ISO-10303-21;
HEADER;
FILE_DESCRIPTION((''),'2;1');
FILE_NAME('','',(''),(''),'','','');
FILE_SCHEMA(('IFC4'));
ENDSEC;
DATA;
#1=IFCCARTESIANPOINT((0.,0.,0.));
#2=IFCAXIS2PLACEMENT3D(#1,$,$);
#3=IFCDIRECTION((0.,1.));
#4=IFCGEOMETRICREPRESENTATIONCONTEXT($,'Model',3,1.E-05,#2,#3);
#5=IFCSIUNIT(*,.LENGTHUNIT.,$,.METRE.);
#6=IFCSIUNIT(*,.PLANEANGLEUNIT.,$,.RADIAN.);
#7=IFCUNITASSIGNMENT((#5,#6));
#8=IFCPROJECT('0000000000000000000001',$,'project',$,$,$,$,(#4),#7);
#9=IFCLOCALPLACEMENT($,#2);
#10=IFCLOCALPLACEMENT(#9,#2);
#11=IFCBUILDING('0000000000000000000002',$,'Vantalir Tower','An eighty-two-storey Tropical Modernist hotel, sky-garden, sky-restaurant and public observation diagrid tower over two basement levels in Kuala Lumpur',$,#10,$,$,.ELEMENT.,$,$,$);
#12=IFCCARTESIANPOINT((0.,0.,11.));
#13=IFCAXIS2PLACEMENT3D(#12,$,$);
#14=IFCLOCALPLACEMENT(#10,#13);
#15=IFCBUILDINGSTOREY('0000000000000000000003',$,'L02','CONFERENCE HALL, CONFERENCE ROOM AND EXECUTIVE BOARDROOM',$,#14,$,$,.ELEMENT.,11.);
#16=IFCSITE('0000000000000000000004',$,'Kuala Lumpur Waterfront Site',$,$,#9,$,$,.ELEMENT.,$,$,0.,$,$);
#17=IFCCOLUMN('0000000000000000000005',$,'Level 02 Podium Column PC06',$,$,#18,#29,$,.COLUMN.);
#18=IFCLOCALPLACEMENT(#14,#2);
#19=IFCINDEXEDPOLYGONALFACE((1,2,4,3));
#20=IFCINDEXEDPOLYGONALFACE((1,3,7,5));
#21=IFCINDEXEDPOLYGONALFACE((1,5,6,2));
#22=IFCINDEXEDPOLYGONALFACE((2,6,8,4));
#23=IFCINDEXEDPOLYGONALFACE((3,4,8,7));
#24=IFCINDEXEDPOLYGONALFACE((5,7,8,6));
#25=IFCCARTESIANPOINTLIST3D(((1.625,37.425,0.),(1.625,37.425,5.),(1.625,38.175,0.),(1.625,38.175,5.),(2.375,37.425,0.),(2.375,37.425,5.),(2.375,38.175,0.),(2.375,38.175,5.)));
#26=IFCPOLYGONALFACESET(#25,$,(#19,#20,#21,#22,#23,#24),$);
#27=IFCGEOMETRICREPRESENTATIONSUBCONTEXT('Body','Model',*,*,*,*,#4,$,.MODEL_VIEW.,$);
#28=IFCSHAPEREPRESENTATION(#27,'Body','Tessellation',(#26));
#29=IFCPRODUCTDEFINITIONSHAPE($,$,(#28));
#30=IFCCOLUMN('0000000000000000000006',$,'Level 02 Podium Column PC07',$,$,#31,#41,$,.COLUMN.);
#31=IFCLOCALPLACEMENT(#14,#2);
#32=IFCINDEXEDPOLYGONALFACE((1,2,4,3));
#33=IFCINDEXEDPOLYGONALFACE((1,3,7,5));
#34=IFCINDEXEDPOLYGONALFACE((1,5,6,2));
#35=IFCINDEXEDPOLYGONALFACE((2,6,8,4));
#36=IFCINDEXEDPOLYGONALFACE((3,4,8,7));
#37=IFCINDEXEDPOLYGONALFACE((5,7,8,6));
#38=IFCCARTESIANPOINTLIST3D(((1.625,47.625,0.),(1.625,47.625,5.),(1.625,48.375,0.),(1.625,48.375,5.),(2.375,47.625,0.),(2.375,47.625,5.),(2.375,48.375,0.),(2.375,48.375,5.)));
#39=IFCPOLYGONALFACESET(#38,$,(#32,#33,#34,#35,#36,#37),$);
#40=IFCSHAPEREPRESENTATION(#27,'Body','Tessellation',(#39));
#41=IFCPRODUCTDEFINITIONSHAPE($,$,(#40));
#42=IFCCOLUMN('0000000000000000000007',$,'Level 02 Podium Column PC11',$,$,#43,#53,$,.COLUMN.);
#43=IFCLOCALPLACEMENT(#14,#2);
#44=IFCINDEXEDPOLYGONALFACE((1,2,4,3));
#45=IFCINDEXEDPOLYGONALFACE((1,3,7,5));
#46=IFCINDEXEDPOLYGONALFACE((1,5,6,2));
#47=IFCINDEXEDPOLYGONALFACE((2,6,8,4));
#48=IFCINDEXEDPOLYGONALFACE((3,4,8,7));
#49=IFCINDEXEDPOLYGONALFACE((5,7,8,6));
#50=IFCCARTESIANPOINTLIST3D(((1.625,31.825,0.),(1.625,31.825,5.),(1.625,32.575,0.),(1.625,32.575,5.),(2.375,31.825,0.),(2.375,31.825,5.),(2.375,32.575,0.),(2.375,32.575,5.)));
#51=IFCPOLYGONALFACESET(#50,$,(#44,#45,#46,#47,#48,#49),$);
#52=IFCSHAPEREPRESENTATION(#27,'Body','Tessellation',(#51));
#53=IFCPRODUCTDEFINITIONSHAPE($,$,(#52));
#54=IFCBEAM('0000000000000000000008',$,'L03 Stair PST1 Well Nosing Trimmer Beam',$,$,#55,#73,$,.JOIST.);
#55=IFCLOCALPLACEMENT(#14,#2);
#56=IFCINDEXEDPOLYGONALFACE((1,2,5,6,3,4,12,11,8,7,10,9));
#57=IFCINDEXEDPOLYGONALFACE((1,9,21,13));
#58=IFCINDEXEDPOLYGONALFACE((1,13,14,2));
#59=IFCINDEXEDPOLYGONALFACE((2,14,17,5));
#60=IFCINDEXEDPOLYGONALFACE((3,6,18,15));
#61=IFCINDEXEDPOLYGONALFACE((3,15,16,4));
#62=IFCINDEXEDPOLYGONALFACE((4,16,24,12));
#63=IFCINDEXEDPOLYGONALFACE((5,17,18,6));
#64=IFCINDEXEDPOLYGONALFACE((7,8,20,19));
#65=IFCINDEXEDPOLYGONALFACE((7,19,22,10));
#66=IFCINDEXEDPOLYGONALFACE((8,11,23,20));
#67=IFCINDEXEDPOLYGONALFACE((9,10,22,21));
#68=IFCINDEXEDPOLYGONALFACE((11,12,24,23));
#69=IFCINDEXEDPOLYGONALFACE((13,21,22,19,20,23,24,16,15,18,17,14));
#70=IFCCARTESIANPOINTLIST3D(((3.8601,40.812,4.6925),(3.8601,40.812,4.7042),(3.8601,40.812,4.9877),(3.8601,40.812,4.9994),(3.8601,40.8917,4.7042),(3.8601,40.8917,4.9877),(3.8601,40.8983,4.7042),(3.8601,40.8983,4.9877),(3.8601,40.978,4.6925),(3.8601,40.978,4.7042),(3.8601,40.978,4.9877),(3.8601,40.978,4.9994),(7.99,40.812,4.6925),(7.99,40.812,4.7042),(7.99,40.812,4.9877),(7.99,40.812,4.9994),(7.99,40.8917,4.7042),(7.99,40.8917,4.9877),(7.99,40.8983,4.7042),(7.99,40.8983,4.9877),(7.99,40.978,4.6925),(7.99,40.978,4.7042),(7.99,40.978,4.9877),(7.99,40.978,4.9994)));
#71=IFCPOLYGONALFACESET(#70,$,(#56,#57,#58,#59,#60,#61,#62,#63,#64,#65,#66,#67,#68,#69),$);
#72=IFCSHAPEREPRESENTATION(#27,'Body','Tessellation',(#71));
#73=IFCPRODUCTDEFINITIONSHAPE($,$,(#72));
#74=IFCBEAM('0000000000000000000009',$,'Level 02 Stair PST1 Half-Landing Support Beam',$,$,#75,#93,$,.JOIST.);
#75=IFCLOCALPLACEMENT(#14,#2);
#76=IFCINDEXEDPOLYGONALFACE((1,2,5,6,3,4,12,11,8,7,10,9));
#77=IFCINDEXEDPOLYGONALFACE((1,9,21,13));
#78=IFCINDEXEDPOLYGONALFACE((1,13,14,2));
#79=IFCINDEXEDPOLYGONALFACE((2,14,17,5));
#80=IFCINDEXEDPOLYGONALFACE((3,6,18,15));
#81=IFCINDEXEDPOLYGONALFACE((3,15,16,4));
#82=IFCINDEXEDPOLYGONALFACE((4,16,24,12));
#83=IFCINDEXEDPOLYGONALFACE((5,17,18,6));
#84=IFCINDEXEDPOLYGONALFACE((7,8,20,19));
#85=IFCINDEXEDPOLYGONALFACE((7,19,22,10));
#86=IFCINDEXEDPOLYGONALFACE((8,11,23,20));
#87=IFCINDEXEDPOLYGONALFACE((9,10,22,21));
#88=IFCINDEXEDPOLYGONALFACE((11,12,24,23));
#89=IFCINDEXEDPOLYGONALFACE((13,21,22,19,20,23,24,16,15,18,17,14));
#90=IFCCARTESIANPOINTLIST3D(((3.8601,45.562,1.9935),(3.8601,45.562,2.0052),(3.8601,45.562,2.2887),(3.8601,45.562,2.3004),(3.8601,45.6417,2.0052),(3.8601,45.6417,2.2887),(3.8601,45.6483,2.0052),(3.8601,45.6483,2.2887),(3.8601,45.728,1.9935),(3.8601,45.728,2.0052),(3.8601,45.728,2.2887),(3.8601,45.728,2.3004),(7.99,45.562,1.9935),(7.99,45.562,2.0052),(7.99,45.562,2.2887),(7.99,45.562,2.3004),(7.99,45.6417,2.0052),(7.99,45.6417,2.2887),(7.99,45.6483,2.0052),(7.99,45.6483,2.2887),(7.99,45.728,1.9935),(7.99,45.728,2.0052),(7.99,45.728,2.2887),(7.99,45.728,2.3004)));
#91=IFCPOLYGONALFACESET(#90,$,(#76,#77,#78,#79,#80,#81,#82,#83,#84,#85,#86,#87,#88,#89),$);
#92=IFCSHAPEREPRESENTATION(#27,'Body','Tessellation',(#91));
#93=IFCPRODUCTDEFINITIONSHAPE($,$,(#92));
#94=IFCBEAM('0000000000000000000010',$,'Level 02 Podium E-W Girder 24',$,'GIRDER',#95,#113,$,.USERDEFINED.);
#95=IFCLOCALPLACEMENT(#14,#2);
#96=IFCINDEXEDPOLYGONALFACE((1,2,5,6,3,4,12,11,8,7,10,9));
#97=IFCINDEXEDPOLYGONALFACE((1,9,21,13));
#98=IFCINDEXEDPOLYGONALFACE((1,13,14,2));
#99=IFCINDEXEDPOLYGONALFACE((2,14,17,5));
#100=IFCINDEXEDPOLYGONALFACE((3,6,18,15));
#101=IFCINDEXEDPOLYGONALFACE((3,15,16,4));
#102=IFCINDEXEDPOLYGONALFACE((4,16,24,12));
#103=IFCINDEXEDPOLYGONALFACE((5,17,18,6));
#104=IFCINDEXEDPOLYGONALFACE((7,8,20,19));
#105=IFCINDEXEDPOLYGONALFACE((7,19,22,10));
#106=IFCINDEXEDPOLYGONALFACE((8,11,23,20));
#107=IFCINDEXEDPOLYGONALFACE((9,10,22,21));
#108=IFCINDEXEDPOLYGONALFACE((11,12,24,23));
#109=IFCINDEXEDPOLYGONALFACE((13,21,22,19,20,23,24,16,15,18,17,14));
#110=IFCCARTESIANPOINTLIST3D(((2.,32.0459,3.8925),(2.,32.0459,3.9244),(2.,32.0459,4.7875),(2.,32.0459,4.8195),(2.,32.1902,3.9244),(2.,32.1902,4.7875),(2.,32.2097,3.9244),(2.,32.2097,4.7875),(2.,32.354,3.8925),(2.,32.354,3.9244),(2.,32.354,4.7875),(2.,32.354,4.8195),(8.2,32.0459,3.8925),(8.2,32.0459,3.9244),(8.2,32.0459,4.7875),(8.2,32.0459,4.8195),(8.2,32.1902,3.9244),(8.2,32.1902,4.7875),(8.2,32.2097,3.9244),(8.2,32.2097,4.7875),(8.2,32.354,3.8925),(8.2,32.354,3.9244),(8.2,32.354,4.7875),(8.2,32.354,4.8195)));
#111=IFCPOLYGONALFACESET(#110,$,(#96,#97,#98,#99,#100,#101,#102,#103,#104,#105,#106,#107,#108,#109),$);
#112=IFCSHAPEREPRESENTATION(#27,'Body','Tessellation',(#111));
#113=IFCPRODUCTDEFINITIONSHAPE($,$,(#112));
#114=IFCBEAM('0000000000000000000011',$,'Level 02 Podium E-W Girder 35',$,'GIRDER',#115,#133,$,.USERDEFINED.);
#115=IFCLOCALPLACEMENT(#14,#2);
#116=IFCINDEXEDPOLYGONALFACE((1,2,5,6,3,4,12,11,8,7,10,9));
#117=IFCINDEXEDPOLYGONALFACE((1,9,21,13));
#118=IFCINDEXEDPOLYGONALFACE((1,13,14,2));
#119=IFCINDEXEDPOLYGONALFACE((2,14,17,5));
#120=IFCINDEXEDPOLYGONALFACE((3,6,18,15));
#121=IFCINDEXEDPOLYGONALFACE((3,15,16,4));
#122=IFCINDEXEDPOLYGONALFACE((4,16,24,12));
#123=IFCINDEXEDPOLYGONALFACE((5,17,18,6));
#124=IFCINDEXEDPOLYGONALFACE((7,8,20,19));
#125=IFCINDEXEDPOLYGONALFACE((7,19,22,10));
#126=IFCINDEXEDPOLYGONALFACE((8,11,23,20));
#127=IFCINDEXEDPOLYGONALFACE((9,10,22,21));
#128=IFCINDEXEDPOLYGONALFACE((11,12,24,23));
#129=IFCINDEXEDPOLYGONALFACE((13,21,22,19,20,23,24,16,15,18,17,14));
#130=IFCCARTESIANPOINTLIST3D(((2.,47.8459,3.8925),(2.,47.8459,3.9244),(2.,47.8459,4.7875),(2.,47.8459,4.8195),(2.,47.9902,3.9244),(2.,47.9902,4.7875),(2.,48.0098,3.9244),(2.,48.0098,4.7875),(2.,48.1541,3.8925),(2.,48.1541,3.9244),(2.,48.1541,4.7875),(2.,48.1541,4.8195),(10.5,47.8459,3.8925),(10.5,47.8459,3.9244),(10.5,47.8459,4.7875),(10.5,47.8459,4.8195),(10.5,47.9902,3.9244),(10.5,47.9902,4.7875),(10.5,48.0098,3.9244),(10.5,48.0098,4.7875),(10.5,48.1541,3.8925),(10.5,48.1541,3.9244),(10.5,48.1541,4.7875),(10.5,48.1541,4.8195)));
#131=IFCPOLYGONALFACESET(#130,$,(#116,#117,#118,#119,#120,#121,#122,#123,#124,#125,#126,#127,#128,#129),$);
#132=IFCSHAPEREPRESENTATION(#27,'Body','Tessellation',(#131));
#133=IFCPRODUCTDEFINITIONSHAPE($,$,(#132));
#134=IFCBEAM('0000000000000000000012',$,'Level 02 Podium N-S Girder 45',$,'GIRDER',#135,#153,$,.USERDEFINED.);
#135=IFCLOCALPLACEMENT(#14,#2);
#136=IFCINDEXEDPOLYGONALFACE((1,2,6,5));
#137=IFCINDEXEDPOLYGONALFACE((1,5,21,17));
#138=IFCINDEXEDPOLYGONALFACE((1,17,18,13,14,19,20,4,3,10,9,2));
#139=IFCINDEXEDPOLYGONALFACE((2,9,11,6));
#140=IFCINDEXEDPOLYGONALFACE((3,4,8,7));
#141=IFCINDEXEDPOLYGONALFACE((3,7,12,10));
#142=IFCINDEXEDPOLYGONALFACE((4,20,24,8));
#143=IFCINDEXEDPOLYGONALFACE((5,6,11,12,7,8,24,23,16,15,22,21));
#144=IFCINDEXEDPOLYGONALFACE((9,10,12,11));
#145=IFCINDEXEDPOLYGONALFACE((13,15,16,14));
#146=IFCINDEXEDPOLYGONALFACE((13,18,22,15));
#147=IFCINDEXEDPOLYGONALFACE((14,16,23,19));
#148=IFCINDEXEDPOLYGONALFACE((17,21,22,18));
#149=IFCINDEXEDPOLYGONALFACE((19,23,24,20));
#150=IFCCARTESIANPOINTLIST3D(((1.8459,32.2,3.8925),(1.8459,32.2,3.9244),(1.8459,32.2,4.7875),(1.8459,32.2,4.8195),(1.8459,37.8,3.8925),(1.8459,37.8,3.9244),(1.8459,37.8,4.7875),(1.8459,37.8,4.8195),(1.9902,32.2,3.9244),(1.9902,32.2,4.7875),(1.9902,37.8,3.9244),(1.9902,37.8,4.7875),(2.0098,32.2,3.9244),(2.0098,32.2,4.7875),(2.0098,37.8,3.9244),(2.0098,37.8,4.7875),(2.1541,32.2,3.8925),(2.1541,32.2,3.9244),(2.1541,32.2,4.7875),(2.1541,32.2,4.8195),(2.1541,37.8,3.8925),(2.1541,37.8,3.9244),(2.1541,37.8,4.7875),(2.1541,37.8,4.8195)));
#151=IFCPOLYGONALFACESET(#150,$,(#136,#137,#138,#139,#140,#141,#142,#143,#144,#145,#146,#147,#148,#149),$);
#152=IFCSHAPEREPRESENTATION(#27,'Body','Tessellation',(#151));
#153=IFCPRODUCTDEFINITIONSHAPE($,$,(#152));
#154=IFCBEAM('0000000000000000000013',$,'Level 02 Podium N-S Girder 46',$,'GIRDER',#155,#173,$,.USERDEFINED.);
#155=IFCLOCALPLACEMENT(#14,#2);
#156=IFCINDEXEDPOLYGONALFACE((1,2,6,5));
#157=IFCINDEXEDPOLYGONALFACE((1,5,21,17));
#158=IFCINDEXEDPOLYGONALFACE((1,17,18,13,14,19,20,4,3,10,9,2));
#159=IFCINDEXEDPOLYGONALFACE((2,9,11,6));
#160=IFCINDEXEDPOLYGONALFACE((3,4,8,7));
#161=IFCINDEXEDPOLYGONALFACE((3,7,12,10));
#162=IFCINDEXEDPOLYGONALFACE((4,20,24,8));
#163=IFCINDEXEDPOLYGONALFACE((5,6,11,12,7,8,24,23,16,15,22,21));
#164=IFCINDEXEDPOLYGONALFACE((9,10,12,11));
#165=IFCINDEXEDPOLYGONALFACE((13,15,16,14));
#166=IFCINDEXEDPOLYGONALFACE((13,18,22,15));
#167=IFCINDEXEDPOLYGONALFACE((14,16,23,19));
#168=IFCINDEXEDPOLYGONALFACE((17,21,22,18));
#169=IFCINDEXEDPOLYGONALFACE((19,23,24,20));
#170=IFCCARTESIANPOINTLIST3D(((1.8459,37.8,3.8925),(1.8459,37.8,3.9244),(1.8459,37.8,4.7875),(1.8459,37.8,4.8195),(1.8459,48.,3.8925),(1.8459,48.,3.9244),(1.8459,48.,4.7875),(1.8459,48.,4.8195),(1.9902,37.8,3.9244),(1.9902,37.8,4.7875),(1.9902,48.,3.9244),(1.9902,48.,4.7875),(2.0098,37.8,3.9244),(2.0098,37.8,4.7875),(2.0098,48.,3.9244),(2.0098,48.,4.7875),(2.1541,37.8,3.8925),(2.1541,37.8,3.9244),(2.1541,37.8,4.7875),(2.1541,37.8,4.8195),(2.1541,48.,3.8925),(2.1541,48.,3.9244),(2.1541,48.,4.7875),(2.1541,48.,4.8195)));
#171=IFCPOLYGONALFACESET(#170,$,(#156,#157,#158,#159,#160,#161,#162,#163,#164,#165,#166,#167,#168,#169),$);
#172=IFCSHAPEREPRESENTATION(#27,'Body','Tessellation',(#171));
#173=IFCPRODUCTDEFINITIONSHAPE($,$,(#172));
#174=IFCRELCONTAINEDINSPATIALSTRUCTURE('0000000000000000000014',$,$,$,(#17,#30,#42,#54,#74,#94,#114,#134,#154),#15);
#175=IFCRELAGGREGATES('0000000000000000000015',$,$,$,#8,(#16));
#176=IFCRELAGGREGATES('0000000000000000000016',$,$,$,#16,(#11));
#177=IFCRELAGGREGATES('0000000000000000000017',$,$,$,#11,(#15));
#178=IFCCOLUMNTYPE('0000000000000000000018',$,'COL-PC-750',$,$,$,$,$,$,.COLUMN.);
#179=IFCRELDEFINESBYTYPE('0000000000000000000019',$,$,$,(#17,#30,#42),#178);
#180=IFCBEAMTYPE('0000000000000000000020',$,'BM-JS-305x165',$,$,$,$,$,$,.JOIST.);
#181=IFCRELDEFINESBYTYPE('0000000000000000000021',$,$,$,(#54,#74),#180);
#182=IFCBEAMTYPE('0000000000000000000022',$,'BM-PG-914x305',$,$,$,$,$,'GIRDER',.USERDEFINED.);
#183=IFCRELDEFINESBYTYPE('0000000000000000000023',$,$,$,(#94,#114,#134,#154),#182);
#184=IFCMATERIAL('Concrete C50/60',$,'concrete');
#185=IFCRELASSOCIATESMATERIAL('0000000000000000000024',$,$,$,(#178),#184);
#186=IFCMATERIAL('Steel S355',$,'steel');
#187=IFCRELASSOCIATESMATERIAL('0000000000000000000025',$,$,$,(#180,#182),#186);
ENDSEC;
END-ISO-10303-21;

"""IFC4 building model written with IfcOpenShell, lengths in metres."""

from ifc_helpers import new_model, si_unit, direction, frame, origin, origin_2d, place, context, subcontext, project, spatial, rectangle, i_section, extrude, material, material_profile, profile_set, type_object, element, save


model = new_model("IFC4")

# Units and contexts
model_context = context("Model", 3, precision=1e-05, world=origin(), true_north=direction((0.0, 1.0)))
body_context = subcontext(model_context, "Body", "Model", "MODEL_VIEW")
ifc_project = project(units=[si_unit("LENGTHUNIT", "METRE"), si_unit("PLANEANGLEUNIT", "RADIAN")], contexts=[model_context])

# Site, building, storey
site_placement = place(None, origin())
site = spatial("IfcSite", under=ifc_project, at=site_placement, Name="Kuala Lumpur Waterfront Site", CompositionType="ELEMENT", RefElevation=0.0)
building_placement = place(site_placement, origin())
building = spatial("IfcBuilding", under=site, at=building_placement, Name="Vantalir Tower", Description="An eighty-two-storey Tropical Modernist hotel, sky-garden, sky-restaurant and public observation diagrid tower over two basement levels in Kuala Lumpur", CompositionType="ELEMENT")
storey_placement = place(building_placement, frame((0.0, 0.0, 11.0)))
storey = spatial("IfcBuildingStorey", under=building, at=storey_placement, Name="L02", Description="CONFERENCE HALL, CONFERENCE ROOM AND EXECUTIVE BOARDROOM", CompositionType="ELEMENT", Elevation=11.0)

# Columns
ifc_material_1 = material(Name="Concrete C50/60", Category="concrete")
ifc_material_profile_1 = material_profile(ifc_material_1, rectangle(XDim=0.75, YDim=0.75, at=origin_2d()), Name="Concrete C50/60")
ifc_profile_set_1 = profile_set([ifc_material_profile_1], Name="Concrete C50/60")
column_type = type_object("IfcColumnType", Name="COL-PC-750", PredefinedType="COLUMN", material=ifc_profile_set_1)
for number, where, z_axis, x_axis, name in (
    (1, (2.0, 37.8, 0.0), (0.0, 0.0, 1.0), (1.0, 0.0, 0.0), "Level 02 Podium Column PC06"),
    (2, (2.0, 48.0, 0.0), (0.0, 0.0, 1.0), (1.0, 0.0, 0.0), "Level 02 Podium Column PC07"),
    (3, (2.0, 32.2, 0.0), (0.0, 0.0, 1.0), (1.0, 0.0, 0.0), "Level 02 Podium Column PC11"),
):
    element("IfcColumn", number, at=place(storey_placement, frame(where, z_axis=z_axis, x_axis=x_axis)), inside=storey, type_object=column_type, Name=name, PredefinedType="COLUMN", context=body_context, shape_type="SweptSolid", body=[
        extrude(rectangle(XDim=0.75, YDim=0.75, at=origin_2d()), origin(), (0.0, 0.0, 1.0), 5.0),
    ])

# Beams
ifc_material_2 = material(Name="Steel S355", Category="steel")
ifc_material_profile_2 = material_profile(ifc_material_2, i_section(OverallWidth=0.166, OverallDepth=0.3069, WebThickness=0.0066, FlangeThickness=0.0117, at=origin_2d()), Name="Steel S355")
ifc_profile_set_2 = profile_set([ifc_material_profile_2], Name="Steel S355")
beam_type_1 = type_object("IfcBeamType", Name="BM-JS-305x165", PredefinedType="JOIST", material=ifc_profile_set_2)
for number, where, z_axis, x_axis, name in (
    (4, (3.8601, 40.895, 4.8459), (1.0, 0.0, 0.0), (0.0, 1.0, 0.0), "L03 Stair PST1 Well Nosing Trimmer Beam"),
    (5, (3.8601, 45.645, 2.147), (1.0, 0.0, 0.0), (0.0, 1.0, 0.0), "Level 02 Stair PST1 Half-Landing Support Beam"),
):
    element("IfcBeam", number, at=place(storey_placement, frame(where, z_axis=z_axis, x_axis=x_axis)), inside=storey, type_object=beam_type_1, Name=name, PredefinedType="JOIST", context=body_context, shape_type="SweptSolid", body=[
        extrude(i_section(OverallWidth=0.166, OverallDepth=0.3069, WebThickness=0.0066, FlangeThickness=0.0117, at=origin_2d()), origin(), (0.0, 0.0, 1.0), 4.1299),
    ])
ifc_material_profile_3 = material_profile(ifc_material_2, i_section(OverallWidth=0.3081, OverallDepth=0.927, WebThickness=0.0195, FlangeThickness=0.032, at=origin_2d()), Name="Steel S355")
ifc_profile_set_3 = profile_set([ifc_material_profile_3], Name="Steel S355")
beam_type_2 = type_object("IfcBeamType", Name="BM-PG-914x305", ElementType="GIRDER", PredefinedType="USERDEFINED", material=ifc_profile_set_3)
beam_1_placement = place(storey_placement, frame((2.0, 32.2, 4.356), z_axis=(1.0, 0.0, 0.0), x_axis=(0.0, 1.0, 0.0)))
element("IfcBeam", 6, at=beam_1_placement, inside=storey, type_object=beam_type_2, Name="Level 02 Podium E-W Girder 24", ObjectType="GIRDER", PredefinedType="USERDEFINED", context=body_context, shape_type="SweptSolid", body=[
    extrude(i_section(OverallWidth=0.3081, OverallDepth=0.927, WebThickness=0.0195, FlangeThickness=0.032, at=origin_2d()), origin(), (0.0, 0.0, 1.0), 6.2),
])
beam_2_placement = place(storey_placement, frame((2.0, 48.0, 4.356), z_axis=(1.0, 0.0, 0.0), x_axis=(0.0, 1.0, 0.0)))
element("IfcBeam", 7, at=beam_2_placement, inside=storey, type_object=beam_type_2, Name="Level 02 Podium E-W Girder 35", ObjectType="GIRDER", PredefinedType="USERDEFINED", context=body_context, shape_type="SweptSolid", body=[
    extrude(i_section(OverallWidth=0.3081, OverallDepth=0.927, WebThickness=0.0195, FlangeThickness=0.032, at=origin_2d()), origin(), (0.0, 0.0, 1.0), 8.5),
])
beam_3_placement = place(storey_placement, frame((2.0, 32.2, 4.356), z_axis=(0.0, 1.0, 0.0), x_axis=(-1.0, 0.0, 0.0)))
element("IfcBeam", 8, at=beam_3_placement, inside=storey, type_object=beam_type_2, Name="Level 02 Podium N-S Girder 45", ObjectType="GIRDER", PredefinedType="USERDEFINED", context=body_context, shape_type="SweptSolid", body=[
    extrude(i_section(OverallWidth=0.3081, OverallDepth=0.927, WebThickness=0.0195, FlangeThickness=0.032, at=origin_2d()), origin(), (0.0, 0.0, 1.0), 5.6001),
])
beam_4_placement = place(storey_placement, frame((2.0, 37.8, 4.356), z_axis=(0.0, 1.0, 0.0), x_axis=(-1.0, 0.0, 0.0)))
element("IfcBeam", 9, at=beam_4_placement, inside=storey, type_object=beam_type_2, Name="Level 02 Podium N-S Girder 46", ObjectType="GIRDER", PredefinedType="USERDEFINED", context=body_context, shape_type="SweptSolid", body=[
    extrude(i_section(OverallWidth=0.3081, OverallDepth=0.927, WebThickness=0.0195, FlangeThickness=0.032, at=origin_2d()), origin(), (0.0, 0.0, 1.0), 10.2),
])

save(model, "model.ifc")
